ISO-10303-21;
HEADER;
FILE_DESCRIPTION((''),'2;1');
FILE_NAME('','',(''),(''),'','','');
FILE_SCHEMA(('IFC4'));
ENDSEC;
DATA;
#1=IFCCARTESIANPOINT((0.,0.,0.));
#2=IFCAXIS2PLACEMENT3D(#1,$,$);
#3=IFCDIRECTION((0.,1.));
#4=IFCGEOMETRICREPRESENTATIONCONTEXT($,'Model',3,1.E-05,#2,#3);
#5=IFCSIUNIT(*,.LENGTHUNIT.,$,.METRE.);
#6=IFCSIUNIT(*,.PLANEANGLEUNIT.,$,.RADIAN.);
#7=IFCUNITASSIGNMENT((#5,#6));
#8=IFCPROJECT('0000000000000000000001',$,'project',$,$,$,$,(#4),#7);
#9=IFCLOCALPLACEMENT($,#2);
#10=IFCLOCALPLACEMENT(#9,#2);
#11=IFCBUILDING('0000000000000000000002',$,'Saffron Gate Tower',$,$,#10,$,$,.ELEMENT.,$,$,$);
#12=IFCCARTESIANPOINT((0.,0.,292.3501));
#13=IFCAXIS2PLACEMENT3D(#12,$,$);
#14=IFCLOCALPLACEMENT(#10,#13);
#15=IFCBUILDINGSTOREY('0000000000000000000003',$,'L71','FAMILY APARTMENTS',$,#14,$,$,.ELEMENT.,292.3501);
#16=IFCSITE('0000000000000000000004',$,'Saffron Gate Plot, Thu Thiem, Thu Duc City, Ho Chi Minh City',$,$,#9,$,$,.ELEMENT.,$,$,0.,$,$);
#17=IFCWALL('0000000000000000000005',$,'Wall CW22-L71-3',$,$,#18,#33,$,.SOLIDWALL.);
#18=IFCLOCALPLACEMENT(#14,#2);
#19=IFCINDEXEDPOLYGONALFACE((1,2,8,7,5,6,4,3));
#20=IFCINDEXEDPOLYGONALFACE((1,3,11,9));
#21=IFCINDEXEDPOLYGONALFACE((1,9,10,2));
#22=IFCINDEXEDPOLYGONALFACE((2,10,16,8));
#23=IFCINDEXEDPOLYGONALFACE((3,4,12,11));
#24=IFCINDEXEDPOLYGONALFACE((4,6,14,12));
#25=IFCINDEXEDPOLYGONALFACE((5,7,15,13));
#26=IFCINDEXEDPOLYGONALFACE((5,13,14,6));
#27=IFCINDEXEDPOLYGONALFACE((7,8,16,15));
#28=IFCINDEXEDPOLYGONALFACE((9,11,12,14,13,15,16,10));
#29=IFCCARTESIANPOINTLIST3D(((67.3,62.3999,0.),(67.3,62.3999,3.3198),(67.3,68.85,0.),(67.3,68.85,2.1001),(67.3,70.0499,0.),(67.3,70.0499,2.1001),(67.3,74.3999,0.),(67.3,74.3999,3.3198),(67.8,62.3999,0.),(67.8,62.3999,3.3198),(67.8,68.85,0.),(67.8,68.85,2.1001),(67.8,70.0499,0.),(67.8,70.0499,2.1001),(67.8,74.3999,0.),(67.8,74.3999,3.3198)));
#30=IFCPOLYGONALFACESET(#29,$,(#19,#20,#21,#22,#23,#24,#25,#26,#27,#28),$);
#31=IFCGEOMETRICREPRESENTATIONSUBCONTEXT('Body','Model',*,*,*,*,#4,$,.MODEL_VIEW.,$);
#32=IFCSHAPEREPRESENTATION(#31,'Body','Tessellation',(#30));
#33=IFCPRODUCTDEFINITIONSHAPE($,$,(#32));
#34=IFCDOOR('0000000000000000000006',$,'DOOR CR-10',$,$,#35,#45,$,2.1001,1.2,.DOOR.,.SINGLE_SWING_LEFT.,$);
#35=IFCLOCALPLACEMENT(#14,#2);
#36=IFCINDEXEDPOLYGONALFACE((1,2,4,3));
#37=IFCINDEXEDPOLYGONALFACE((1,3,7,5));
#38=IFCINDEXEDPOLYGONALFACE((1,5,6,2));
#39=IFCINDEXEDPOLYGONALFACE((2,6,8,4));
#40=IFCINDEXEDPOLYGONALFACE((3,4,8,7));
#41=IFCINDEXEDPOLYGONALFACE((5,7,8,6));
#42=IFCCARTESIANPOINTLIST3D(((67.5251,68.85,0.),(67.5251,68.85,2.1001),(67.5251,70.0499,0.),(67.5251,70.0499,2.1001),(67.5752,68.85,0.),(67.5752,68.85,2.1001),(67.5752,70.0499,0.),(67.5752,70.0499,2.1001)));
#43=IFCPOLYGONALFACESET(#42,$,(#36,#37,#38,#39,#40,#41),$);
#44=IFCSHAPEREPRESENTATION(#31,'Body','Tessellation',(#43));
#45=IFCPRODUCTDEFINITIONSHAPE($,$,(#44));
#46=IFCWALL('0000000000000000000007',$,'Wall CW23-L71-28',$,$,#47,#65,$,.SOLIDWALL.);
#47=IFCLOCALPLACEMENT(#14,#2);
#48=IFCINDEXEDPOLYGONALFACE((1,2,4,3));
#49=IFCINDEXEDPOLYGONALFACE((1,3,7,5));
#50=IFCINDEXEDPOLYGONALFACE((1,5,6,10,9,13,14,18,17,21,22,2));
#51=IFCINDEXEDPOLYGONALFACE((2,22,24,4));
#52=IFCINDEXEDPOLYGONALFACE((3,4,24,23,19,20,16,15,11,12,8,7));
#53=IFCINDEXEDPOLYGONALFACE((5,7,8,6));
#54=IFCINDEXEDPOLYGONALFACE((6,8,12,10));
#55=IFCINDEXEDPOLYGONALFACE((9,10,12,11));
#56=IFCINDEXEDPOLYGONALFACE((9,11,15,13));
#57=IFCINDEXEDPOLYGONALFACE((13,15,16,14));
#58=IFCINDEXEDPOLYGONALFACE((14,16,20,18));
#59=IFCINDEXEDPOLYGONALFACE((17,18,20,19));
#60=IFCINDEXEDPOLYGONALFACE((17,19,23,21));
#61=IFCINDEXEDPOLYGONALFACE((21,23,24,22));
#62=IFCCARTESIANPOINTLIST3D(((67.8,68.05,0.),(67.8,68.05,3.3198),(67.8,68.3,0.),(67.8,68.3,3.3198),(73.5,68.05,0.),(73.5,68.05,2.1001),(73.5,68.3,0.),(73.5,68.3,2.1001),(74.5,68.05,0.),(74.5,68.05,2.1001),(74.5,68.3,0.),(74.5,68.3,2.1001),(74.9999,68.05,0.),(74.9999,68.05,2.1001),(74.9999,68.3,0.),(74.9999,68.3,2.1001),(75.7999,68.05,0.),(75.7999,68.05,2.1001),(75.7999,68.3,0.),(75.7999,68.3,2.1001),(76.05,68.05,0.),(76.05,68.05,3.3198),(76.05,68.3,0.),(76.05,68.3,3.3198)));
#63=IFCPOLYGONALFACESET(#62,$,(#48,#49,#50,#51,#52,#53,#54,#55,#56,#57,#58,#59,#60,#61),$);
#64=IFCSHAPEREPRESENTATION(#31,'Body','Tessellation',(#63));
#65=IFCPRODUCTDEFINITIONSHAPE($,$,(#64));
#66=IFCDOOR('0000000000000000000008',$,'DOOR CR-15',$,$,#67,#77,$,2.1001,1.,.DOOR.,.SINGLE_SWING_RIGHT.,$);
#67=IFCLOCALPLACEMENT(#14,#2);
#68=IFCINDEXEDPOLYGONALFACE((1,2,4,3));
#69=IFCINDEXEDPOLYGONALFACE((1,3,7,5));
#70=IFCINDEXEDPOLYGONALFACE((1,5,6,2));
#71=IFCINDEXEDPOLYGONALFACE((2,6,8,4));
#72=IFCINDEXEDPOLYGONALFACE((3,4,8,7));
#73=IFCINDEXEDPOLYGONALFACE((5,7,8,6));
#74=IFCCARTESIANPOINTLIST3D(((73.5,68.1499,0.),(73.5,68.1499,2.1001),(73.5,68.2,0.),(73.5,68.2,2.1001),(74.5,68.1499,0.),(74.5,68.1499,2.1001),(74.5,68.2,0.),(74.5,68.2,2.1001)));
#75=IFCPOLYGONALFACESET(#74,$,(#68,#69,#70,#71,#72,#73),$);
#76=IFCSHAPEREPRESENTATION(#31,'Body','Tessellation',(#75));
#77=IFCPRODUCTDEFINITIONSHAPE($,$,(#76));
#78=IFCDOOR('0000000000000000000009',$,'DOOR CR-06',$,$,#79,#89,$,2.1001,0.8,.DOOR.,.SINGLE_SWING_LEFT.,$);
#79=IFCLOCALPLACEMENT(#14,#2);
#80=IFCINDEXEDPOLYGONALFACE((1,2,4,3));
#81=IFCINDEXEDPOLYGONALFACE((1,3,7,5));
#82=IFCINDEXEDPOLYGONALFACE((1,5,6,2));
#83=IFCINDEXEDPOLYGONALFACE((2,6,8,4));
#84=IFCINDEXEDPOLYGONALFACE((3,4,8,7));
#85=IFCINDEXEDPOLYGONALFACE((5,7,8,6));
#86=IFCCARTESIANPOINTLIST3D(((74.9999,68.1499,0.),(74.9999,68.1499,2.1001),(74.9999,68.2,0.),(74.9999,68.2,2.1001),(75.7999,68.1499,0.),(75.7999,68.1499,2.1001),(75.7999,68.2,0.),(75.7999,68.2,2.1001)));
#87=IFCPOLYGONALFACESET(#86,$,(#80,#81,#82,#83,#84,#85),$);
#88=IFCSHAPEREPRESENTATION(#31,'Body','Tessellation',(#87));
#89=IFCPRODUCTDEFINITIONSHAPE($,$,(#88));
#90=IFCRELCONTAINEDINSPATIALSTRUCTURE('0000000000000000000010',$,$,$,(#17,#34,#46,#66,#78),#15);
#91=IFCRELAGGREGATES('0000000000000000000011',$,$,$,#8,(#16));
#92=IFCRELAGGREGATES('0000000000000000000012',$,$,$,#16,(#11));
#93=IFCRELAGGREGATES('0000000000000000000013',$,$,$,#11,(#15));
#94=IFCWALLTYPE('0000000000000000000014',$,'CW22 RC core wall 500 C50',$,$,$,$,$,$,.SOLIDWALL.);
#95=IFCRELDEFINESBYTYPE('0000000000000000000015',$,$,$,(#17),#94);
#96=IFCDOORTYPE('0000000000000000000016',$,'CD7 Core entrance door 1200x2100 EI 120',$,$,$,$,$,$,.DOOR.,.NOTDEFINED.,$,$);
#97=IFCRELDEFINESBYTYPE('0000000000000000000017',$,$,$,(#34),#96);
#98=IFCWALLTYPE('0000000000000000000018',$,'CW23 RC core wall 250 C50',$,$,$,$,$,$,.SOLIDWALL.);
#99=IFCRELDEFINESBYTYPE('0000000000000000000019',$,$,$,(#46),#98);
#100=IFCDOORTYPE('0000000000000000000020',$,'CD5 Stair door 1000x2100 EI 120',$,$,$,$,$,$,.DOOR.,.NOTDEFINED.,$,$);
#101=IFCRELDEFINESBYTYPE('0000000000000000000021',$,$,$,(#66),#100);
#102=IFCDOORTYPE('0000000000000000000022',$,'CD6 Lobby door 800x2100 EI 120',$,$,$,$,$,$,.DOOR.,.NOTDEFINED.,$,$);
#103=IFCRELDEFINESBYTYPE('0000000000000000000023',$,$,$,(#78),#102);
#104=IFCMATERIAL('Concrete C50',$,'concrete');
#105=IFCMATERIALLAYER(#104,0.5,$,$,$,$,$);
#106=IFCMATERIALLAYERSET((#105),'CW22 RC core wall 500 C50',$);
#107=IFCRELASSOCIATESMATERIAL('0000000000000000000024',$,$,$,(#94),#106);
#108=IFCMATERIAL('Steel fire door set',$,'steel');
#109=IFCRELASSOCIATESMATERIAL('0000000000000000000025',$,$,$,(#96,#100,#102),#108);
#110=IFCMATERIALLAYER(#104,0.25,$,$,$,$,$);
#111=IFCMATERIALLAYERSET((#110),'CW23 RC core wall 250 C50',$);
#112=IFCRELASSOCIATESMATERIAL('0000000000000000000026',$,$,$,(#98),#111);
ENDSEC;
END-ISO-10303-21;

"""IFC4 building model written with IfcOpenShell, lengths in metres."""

from ifc_helpers import new_model, si_unit, direction, frame, frame_2d, origin, place, context, subcontext, project, spatial, rectangle, extrude, material, layer, layer_set, type_object, element, fill, save


model = new_model("IFC4")

# Units and contexts
model_context = context("Model", 3, precision=1e-05, world=origin(), true_north=direction((0.0, 1.0)))
body_context = subcontext(model_context, "Body", "Model", "MODEL_VIEW")
ifc_project = project(units=[si_unit("LENGTHUNIT", "METRE"), si_unit("PLANEANGLEUNIT", "RADIAN")], contexts=[model_context])

# Site, building, storey
site_placement = place(None, origin())
site = spatial("IfcSite", under=ifc_project, at=site_placement, Name="Saffron Gate Plot, Thu Thiem, Thu Duc City, Ho Chi Minh City", CompositionType="ELEMENT", RefElevation=0.0)
building_placement = place(site_placement, origin())
building = spatial("IfcBuilding", under=site, at=building_placement, Name="Saffron Gate Tower", CompositionType="ELEMENT")
storey_placement = place(building_placement, frame((0.0, 0.0, 292.3501)))
storey = spatial("IfcBuildingStorey", under=building, at=storey_placement, Name="L71", Description="FAMILY APARTMENTS", CompositionType="ELEMENT", Elevation=292.3501)

# Wall, opening, door
ifc_material_1 = material(Name="Concrete C50", Category="concrete")
ifc_layer_1 = layer(ifc_material_1, 0.5)
ifc_layer_set_1 = layer_set([ifc_layer_1], Name="CW22 RC core wall 500 C50")
wall_type_1 = type_object("IfcWallType", Name="CW22 RC core wall 500 C50", PredefinedType="SOLIDWALL", material=ifc_layer_set_1)
wall_1_placement = place(storey_placement, frame((67.55, 62.3999, 0.0), z_axis=(0.0, 0.0, 1.0), x_axis=(0.0, 1.0, 0.0)))
wall_1 = element("IfcWall", 1, at=wall_1_placement, inside=storey, type_object=wall_type_1, Name="Wall CW22-L71-3", PredefinedType="SOLIDWALL", context=body_context, shape_type="SweptSolid", body=[
    extrude(rectangle(XDim=12.0, YDim=0.5, at=frame_2d((6.0, 0.0))), origin(), (0.0, 0.0, 1.0), 3.3198),
])
opening_1_placement = place(wall_1_placement, frame((6.45, 0.0, 0.0)))
opening_1 = element("IfcOpeningElement", 2, at=opening_1_placement, cuts=wall_1, PredefinedType="OPENING", context=body_context, shape_type="SweptSolid", body=[
    extrude(rectangle(XDim=1.2, YDim=2.1001, at=frame_2d((0.6001, 1.05))), frame((0.0, 0.26, 0.0), z_axis=(0.0, -1.0, 0.0), x_axis=(1.0, 0.0, 0.0)), (0.0, 0.0, 1.0), 0.52),
])
ifc_material_2 = material(Name="Steel fire door set", Category="steel")
door_type_1 = type_object("IfcDoorType", Name="CD7 Core entrance door 1200x2100 EI 120", OperationType="NOTDEFINED", PredefinedType="DOOR", material=ifc_material_2)
door_1_placement = place(opening_1_placement, origin())
door_1 = element("IfcDoor", 3, at=door_1_placement, inside=storey, type_object=door_type_1, Name="DOOR CR-10", OperationType="SINGLE_SWING_LEFT", OverallHeight=2.1001, OverallWidth=1.2, PredefinedType="DOOR", context=body_context, shape_type="SweptSolid", body=[
    extrude(rectangle(XDim=1.2, YDim=2.1001, at=frame_2d((0.6001, 1.05))), frame((0.0, 0.0249, 0.0), z_axis=(0.0, -1.0, 0.0), x_axis=(1.0, 0.0, 0.0)), (0.0, 0.0, 1.0), 0.05),
])
fill(opening_1, door_1)

# Wall, openings, doors
ifc_layer_2 = layer(ifc_material_1, 0.25)
ifc_layer_set_2 = layer_set([ifc_layer_2], Name="CW23 RC core wall 250 C50")
wall_type_2 = type_object("IfcWallType", Name="CW23 RC core wall 250 C50", PredefinedType="SOLIDWALL", material=ifc_layer_set_2)
wall_2_placement = place(storey_placement, frame((67.8, 68.175, 0.0), z_axis=(0.0, 0.0, 1.0), x_axis=(1.0, 0.0, 0.0)))
wall_2 = element("IfcWall", 4, at=wall_2_placement, inside=storey, type_object=wall_type_2, Name="Wall CW23-L71-28", PredefinedType="SOLIDWALL", context=body_context, shape_type="SweptSolid", body=[
    extrude(rectangle(XDim=8.25, YDim=0.25, at=frame_2d((4.125, 0.0))), origin(), (0.0, 0.0, 1.0), 3.3198),
])
opening_2_placement = place(wall_2_placement, frame((5.7, 0.0, 0.0)))
opening_2 = element("IfcOpeningElement", 5, at=opening_2_placement, cuts=wall_2, PredefinedType="OPENING", context=body_context, shape_type="SweptSolid", body=[
    extrude(rectangle(XDim=1.0, YDim=2.1001, at=frame_2d((0.5, 1.05))), frame((0.0, 0.135, 0.0), z_axis=(0.0, -1.0, 0.0), x_axis=(1.0, 0.0, 0.0)), (0.0, 0.0, 1.0), 0.27),
])
opening_3_placement = place(wall_2_placement, frame((7.2, 0.0, 0.0)))
opening_3 = element("IfcOpeningElement", 6, at=opening_3_placement, cuts=wall_2, PredefinedType="OPENING", context=body_context, shape_type="SweptSolid", body=[
    extrude(rectangle(XDim=0.8, YDim=2.1001, at=frame_2d((0.3999, 1.05))), frame((0.0, 0.135, 0.0), z_axis=(0.0, -1.0, 0.0), x_axis=(1.0, 0.0, 0.0)), (0.0, 0.0, 1.0), 0.27),
])
door_type_2 = type_object("IfcDoorType", Name="CD5 Stair door 1000x2100 EI 120", OperationType="NOTDEFINED", PredefinedType="DOOR", material=ifc_material_2)
door_2_placement = place(opening_2_placement, origin())
door_2 = element("IfcDoor", 7, at=door_2_placement, inside=storey, type_object=door_type_2, Name="DOOR CR-15", OperationType="SINGLE_SWING_RIGHT", OverallHeight=2.1001, OverallWidth=1.0, PredefinedType="DOOR", context=body_context, shape_type="SweptSolid", body=[
    extrude(rectangle(XDim=1.0, YDim=2.1001, at=frame_2d((0.5, 1.05))), frame((0.0, 0.0249, 0.0), z_axis=(0.0, -1.0, 0.0), x_axis=(1.0, 0.0, 0.0)), (0.0, 0.0, 1.0), 0.05),
])
fill(opening_2, door_2)
door_type_3 = type_object("IfcDoorType", Name="CD6 Lobby door 800x2100 EI 120", OperationType="NOTDEFINED", PredefinedType="DOOR", material=ifc_material_2)
door_3_placement = place(opening_3_placement, origin())
door_3 = element("IfcDoor", 8, at=door_3_placement, inside=storey, type_object=door_type_3, Name="DOOR CR-06", OperationType="SINGLE_SWING_LEFT", OverallHeight=2.1001, OverallWidth=0.8, PredefinedType="DOOR", context=body_context, shape_type="SweptSolid", body=[
    extrude(rectangle(XDim=0.8, YDim=2.1001, at=frame_2d((0.3999, 1.05))), frame((0.0, 0.0249, 0.0), z_axis=(0.0, -1.0, 0.0), x_axis=(1.0, 0.0, 0.0)), (0.0, 0.0, 1.0), 0.05),
])
fill(opening_3, door_3)

save(model, "model.ifc")
